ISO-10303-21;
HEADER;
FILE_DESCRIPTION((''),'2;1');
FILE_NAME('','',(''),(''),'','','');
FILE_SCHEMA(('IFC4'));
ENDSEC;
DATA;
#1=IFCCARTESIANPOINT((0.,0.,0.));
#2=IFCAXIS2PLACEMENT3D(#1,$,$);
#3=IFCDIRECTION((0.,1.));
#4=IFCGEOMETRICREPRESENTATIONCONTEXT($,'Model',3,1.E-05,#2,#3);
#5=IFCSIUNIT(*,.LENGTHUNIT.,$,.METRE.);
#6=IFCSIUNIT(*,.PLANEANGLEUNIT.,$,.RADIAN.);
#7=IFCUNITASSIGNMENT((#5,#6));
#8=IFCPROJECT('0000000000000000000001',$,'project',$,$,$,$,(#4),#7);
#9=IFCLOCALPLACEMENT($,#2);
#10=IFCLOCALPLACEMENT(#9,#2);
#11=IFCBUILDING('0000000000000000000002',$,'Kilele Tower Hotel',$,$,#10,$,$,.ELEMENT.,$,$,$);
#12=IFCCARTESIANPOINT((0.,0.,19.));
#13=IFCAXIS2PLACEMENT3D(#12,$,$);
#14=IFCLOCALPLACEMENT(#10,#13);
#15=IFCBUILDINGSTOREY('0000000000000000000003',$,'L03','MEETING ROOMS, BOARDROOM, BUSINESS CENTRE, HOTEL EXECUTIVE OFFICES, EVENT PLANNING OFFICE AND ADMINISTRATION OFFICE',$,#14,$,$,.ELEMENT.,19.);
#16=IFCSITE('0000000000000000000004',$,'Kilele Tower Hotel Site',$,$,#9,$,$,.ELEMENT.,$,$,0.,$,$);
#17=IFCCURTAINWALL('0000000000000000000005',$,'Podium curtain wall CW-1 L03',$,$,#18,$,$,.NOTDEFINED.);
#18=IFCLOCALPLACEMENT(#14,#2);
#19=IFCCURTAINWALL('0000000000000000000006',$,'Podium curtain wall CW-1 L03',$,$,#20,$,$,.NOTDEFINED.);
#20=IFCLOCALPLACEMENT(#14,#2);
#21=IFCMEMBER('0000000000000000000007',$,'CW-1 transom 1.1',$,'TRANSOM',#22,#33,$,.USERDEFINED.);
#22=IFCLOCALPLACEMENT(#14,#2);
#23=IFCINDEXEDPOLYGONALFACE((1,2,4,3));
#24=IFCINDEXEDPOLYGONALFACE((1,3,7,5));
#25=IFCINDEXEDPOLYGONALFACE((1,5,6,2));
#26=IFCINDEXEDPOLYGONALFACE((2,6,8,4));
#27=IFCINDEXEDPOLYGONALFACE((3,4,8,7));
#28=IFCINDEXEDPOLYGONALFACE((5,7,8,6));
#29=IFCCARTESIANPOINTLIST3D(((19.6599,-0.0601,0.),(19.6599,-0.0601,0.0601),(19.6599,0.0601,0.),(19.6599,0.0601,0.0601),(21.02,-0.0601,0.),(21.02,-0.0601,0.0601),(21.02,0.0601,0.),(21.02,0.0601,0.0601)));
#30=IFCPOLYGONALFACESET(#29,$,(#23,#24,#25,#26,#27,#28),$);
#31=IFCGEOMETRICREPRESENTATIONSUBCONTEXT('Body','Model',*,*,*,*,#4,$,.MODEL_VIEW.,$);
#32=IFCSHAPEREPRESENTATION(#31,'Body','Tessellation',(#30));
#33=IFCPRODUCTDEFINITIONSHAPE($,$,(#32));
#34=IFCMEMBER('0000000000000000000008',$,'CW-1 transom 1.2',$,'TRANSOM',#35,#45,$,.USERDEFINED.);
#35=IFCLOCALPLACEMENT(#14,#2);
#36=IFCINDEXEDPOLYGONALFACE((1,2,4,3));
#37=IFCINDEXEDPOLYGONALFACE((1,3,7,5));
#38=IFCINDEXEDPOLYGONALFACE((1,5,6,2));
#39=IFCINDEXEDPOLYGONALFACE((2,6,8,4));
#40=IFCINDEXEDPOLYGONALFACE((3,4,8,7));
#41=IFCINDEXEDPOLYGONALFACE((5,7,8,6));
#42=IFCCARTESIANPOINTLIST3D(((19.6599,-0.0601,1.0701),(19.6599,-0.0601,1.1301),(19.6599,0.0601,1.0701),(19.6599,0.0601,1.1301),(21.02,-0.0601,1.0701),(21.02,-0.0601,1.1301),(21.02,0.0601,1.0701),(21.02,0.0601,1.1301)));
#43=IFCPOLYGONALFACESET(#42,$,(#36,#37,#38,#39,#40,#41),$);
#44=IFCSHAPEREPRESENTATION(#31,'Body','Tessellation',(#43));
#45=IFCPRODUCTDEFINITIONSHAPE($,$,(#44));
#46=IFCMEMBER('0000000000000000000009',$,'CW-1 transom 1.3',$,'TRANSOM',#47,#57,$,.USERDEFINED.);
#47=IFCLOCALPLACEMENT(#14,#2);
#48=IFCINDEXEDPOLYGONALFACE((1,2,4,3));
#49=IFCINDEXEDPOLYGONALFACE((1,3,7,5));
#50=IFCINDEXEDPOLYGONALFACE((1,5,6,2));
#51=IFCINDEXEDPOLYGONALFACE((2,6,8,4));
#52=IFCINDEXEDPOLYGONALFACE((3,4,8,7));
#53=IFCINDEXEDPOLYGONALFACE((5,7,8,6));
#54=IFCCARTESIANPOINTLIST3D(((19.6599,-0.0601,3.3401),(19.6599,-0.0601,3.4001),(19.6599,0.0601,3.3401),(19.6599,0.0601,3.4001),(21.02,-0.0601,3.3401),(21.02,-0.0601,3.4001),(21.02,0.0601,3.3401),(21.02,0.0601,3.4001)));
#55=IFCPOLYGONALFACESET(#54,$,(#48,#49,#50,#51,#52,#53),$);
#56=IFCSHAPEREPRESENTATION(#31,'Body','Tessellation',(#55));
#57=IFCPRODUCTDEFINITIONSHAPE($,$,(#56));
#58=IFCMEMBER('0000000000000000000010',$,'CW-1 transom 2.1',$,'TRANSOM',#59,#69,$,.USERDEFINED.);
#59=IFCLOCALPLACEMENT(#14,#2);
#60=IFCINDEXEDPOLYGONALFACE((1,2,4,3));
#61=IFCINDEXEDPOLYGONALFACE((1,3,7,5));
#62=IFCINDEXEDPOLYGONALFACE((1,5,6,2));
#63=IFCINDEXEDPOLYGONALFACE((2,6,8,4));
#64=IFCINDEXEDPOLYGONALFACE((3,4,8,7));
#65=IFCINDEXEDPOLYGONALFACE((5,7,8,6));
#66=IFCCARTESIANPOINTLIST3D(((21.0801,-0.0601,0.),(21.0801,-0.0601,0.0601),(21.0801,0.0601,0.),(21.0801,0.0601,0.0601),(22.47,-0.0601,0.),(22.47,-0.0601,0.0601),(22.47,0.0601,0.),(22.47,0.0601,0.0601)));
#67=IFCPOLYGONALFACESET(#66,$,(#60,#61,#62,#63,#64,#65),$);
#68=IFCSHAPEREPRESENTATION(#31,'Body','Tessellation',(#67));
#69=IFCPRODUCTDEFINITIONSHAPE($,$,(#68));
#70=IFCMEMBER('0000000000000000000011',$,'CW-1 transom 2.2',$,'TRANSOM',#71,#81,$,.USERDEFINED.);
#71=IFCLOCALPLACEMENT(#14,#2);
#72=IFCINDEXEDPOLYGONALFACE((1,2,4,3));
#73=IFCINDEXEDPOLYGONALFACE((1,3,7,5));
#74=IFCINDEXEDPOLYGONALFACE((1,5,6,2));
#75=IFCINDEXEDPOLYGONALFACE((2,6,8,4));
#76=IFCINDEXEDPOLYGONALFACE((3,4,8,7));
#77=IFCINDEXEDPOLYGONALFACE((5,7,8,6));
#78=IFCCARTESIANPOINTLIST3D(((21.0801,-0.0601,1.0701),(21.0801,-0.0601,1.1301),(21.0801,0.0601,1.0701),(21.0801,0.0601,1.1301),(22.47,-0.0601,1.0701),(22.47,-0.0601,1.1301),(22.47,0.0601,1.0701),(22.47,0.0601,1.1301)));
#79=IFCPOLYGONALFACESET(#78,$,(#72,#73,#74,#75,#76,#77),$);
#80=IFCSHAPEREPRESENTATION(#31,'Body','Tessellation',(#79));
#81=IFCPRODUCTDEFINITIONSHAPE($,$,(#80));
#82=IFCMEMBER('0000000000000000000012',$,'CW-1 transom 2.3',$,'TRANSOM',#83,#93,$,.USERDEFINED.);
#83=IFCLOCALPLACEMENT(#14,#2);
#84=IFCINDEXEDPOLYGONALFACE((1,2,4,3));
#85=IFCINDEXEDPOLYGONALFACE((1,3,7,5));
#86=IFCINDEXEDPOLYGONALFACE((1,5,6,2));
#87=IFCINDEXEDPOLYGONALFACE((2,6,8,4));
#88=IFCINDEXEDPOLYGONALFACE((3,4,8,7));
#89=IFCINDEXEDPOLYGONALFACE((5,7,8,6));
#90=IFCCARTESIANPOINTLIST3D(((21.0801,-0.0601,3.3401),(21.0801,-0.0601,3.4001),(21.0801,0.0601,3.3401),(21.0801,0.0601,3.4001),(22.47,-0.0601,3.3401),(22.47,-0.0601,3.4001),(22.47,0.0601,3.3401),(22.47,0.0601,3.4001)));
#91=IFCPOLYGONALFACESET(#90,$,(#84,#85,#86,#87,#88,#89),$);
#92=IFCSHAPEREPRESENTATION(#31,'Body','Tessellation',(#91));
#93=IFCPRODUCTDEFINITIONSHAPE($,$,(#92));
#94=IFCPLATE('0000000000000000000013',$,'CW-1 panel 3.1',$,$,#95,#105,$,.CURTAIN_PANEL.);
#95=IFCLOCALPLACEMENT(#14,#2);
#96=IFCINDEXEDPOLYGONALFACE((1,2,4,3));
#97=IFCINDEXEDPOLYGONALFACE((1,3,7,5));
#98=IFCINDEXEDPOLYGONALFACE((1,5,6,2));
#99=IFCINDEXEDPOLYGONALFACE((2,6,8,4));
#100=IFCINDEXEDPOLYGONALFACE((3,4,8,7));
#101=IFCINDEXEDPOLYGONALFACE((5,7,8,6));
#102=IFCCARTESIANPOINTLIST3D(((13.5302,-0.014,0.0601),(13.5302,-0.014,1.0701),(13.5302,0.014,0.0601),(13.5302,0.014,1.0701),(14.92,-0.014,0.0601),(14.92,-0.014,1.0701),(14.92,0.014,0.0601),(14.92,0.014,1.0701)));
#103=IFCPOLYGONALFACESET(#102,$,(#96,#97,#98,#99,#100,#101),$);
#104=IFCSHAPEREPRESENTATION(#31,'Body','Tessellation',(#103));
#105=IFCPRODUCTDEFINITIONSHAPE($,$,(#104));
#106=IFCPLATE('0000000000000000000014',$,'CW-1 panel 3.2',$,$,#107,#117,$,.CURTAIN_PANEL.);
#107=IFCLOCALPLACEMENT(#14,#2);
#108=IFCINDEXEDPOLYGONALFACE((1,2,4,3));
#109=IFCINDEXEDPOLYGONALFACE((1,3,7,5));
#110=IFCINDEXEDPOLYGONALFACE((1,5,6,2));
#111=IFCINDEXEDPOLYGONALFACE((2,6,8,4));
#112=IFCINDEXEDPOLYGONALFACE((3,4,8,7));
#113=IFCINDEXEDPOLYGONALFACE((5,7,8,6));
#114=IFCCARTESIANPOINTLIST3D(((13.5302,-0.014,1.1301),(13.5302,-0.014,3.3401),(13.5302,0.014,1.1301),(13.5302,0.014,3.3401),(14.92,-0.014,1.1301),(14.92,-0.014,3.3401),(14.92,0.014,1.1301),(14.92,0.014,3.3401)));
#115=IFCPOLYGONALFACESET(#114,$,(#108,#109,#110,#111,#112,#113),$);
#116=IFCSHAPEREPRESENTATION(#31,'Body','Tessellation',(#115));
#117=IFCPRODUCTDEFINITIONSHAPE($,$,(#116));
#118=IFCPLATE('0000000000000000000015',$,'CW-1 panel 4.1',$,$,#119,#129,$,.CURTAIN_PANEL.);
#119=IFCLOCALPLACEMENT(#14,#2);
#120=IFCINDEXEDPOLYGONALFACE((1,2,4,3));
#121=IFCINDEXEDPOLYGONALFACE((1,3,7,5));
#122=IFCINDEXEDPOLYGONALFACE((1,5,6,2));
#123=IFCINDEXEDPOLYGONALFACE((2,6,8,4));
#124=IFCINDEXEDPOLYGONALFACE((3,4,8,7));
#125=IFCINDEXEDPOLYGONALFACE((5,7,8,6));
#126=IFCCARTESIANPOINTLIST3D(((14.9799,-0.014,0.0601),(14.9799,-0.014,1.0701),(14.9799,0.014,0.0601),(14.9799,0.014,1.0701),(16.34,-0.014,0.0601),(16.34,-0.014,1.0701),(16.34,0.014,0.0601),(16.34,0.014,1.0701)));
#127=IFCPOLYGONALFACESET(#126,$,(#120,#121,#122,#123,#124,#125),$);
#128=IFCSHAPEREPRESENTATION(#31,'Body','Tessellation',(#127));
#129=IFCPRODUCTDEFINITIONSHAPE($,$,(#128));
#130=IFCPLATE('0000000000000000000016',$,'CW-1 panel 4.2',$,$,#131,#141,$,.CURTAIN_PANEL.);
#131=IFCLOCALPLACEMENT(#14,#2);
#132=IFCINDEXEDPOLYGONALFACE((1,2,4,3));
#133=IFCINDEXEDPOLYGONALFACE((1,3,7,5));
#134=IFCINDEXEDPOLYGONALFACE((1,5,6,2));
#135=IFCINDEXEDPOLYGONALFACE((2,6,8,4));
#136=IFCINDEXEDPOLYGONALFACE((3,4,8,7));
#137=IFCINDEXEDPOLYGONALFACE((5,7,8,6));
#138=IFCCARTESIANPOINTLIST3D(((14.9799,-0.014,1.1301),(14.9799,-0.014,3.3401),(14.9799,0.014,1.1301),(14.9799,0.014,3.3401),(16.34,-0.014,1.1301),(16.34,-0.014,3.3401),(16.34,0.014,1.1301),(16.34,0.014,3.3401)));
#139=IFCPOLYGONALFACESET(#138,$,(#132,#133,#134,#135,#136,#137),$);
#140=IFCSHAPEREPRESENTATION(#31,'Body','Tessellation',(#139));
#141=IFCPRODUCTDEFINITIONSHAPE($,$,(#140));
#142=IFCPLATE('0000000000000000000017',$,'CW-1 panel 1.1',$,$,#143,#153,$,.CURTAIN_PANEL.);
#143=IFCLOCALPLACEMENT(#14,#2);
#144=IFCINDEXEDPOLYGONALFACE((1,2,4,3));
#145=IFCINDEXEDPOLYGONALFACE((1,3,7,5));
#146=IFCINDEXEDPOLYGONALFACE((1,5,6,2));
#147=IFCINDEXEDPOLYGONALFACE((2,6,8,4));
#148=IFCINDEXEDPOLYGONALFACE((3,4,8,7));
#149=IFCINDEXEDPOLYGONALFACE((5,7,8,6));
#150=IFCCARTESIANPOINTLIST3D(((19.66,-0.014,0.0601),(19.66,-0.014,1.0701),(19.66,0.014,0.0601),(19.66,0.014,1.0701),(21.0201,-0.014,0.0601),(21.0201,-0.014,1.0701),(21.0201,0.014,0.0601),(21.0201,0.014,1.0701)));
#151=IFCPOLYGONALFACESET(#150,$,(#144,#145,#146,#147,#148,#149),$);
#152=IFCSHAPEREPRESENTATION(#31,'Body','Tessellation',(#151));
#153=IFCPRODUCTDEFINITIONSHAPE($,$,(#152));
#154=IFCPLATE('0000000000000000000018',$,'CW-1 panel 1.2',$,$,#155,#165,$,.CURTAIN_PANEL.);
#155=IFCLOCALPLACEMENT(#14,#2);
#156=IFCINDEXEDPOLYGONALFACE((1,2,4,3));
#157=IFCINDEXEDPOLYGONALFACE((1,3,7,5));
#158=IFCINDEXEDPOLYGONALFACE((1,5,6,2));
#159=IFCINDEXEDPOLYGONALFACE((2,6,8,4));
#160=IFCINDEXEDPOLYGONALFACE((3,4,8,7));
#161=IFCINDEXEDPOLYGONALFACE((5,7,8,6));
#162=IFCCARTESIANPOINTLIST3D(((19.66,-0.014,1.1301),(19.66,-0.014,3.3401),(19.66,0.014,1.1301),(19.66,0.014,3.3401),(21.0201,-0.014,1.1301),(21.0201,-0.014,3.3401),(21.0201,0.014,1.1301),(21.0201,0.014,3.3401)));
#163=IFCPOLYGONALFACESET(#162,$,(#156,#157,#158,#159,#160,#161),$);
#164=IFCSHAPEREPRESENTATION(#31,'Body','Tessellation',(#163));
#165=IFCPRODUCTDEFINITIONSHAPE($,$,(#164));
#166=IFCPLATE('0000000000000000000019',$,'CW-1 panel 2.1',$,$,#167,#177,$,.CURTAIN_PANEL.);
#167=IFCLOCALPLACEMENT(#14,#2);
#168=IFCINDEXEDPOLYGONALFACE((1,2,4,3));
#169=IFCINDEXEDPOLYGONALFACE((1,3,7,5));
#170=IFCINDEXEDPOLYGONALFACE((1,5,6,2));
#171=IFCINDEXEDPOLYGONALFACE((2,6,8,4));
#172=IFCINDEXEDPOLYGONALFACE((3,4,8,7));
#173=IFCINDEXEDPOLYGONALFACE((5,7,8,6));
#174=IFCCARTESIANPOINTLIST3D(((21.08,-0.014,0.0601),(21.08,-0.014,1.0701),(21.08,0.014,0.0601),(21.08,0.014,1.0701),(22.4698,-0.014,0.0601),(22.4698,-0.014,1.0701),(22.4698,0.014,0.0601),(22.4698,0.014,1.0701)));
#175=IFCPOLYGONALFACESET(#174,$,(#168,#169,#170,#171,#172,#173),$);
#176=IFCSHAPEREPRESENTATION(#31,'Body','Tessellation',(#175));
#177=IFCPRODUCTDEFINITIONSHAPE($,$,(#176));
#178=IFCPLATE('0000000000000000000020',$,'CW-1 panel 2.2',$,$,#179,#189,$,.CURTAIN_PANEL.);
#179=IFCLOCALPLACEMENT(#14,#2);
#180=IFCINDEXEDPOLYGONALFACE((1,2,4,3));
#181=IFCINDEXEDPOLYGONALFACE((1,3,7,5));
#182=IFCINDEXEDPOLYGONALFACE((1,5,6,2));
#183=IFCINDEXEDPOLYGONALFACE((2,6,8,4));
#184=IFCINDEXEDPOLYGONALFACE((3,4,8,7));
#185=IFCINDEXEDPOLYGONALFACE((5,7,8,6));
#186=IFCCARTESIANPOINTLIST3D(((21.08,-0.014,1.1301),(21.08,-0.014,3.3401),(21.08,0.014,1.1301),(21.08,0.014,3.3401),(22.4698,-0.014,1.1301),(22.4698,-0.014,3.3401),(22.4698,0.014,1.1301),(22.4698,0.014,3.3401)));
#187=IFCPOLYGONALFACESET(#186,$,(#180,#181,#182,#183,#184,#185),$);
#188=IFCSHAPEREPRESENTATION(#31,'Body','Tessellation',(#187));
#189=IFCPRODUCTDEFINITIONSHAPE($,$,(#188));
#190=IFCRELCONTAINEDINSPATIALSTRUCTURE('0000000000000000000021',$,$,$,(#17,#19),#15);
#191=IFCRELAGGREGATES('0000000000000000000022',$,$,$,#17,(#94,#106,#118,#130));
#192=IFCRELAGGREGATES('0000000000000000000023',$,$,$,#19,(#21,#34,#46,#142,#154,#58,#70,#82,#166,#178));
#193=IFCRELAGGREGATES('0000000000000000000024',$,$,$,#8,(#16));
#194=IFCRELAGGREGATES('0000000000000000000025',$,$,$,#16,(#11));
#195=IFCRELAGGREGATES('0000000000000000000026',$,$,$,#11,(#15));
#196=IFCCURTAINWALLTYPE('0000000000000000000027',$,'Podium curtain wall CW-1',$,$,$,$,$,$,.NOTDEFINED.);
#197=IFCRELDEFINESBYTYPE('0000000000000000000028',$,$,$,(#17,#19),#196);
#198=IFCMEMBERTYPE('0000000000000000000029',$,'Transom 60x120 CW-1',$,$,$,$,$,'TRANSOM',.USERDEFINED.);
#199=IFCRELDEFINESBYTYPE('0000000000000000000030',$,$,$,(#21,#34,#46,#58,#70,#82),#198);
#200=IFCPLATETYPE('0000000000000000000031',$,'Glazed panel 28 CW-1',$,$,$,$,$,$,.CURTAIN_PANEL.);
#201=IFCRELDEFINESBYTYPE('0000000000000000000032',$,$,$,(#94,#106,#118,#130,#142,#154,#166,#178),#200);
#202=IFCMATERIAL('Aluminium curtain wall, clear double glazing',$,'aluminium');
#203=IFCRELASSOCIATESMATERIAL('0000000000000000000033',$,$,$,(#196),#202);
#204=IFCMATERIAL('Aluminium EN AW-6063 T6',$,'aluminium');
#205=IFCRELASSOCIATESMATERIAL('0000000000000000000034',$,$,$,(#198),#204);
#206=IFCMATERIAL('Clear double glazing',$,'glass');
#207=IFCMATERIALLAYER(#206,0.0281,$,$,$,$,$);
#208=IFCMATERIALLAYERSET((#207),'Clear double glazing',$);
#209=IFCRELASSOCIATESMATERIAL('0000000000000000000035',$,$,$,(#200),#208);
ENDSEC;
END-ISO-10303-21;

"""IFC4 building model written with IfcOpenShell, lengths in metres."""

from ifc_helpers import new_model, si_unit, direction, frame, origin, origin_2d, place, context, subcontext, project, spatial, rectangle, extrude, material, layer, layer_set, material_profile, profile_set, type_object, element, aggregate, save


model = new_model("IFC4")

# Units and contexts
model_context = context("Model", 3, precision=1e-05, world=origin(), true_north=direction((0.0, 1.0)))
body_context = subcontext(model_context, "Body", "Model", "MODEL_VIEW")
ifc_project = project(units=[si_unit("LENGTHUNIT", "METRE"), si_unit("PLANEANGLEUNIT", "RADIAN")], contexts=[model_context])

# Site, building, storey
site_placement = place(None, origin())
site = spatial("IfcSite", under=ifc_project, at=site_placement, Name="Kilele Tower Hotel Site", CompositionType="ELEMENT", RefElevation=0.0)
building_placement = place(site_placement, origin())
building = spatial("IfcBuilding", under=site, at=building_placement, Name="Kilele Tower Hotel", CompositionType="ELEMENT")
storey_placement = place(building_placement, frame((0.0, 0.0, 19.0)))
storey = spatial("IfcBuildingStorey", under=building, at=storey_placement, Name="L03", Description="MEETING ROOMS, BOARDROOM, BUSINESS CENTRE, HOTEL EXECUTIVE OFFICES, EVENT PLANNING OFFICE AND ADMINISTRATION OFFICE", CompositionType="ELEMENT", Elevation=19.0)

# Curtain walls
ifc_material_1 = material(Name="Aluminium curtain wall, clear double glazing", Category="aluminium")
curtain_wall_type = type_object("IfcCurtainWallType", Name="Podium curtain wall CW-1", PredefinedType="NOTDEFINED", material=ifc_material_1)
curtain_wall_1_placement = place(storey_placement, origin())
curtain_wall_1 = element("IfcCurtainWall", 1, at=curtain_wall_1_placement, inside=storey, type_object=curtain_wall_type, Name="Podium curtain wall CW-1 L03", PredefinedType="NOTDEFINED")
curtain_wall_2_placement = place(storey_placement, origin())
curtain_wall_2 = element("IfcCurtainWall", 2, at=curtain_wall_2_placement, inside=storey, type_object=curtain_wall_type, Name="Podium curtain wall CW-1 L03", PredefinedType="NOTDEFINED")

# Members
ifc_material_2 = material(Name="Aluminium EN AW-6063 T6", Category="aluminium")
ifc_material_profile_1 = material_profile(ifc_material_2, rectangle(XDim=0.1201, YDim=0.0601, at=origin_2d()))
ifc_profile_set_1 = profile_set([ifc_material_profile_1], Name="Aluminium EN AW-6063 T6")
member_type_1 = type_object("IfcMemberType", Name="Transom 60x120 CW-1", ElementType="TRANSOM", PredefinedType="USERDEFINED", material=ifc_profile_set_1)
member_1_placement = place(storey_placement, frame((19.6599, 0.0, 0.03), z_axis=(1.0, 0.0, 0.0), x_axis=(0.0, 1.0, 0.0)))
member_1 = element("IfcMember", 3, at=member_1_placement, type_object=member_type_1, Name="CW-1 transom 1.1", ObjectType="TRANSOM", PredefinedType="USERDEFINED", context=body_context, shape_type="SweptSolid", body=[
    extrude(rectangle(XDim=0.1201, YDim=0.0601, at=origin_2d()), origin(), (0.0, 0.0, 1.0), 1.3601),
])
member_2_placement = place(storey_placement, frame((19.6599, 0.0, 1.1001), z_axis=(1.0, 0.0, 0.0), x_axis=(0.0, 1.0, 0.0)))
member_2 = element("IfcMember", 4, at=member_2_placement, type_object=member_type_1, Name="CW-1 transom 1.2", ObjectType="TRANSOM", PredefinedType="USERDEFINED", context=body_context, shape_type="SweptSolid", body=[
    extrude(rectangle(XDim=0.1201, YDim=0.0601, at=origin_2d()), origin(), (0.0, 0.0, 1.0), 1.3601),
])
member_3_placement = place(storey_placement, frame((19.6599, 0.0, 3.3701), z_axis=(1.0, 0.0, 0.0), x_axis=(0.0, 1.0, 0.0)))
member_3 = element("IfcMember", 5, at=member_3_placement, type_object=member_type_1, Name="CW-1 transom 1.3", ObjectType="TRANSOM", PredefinedType="USERDEFINED", context=body_context, shape_type="SweptSolid", body=[
    extrude(rectangle(XDim=0.1201, YDim=0.0601, at=origin_2d()), origin(), (0.0, 0.0, 1.0), 1.3601),
])
member_4_placement = place(storey_placement, frame((21.0801, 0.0, 0.03), z_axis=(1.0, 0.0, 0.0), x_axis=(0.0, 1.0, 0.0)))
member_4 = element("IfcMember", 6, at=member_4_placement, type_object=member_type_1, Name="CW-1 transom 2.1", ObjectType="TRANSOM", PredefinedType="USERDEFINED", context=body_context, shape_type="SweptSolid", body=[
    extrude(rectangle(XDim=0.1201, YDim=0.0601, at=origin_2d()), origin(), (0.0, 0.0, 1.0), 1.3899),
])
member_5_placement = place(storey_placement, frame((21.0801, 0.0, 1.1001), z_axis=(1.0, 0.0, 0.0), x_axis=(0.0, 1.0, 0.0)))
member_5 = element("IfcMember", 7, at=member_5_placement, type_object=member_type_1, Name="CW-1 transom 2.2", ObjectType="TRANSOM", PredefinedType="USERDEFINED", context=body_context, shape_type="SweptSolid", body=[
    extrude(rectangle(XDim=0.1201, YDim=0.0601, at=origin_2d()), origin(), (0.0, 0.0, 1.0), 1.3899),
])
member_6_placement = place(storey_placement, frame((21.0801, 0.0, 3.3701), z_axis=(1.0, 0.0, 0.0), x_axis=(0.0, 1.0, 0.0)))
member_6 = element("IfcMember", 8, at=member_6_placement, type_object=member_type_1, Name="CW-1 transom 2.3", ObjectType="TRANSOM", PredefinedType="USERDEFINED", context=body_context, shape_type="SweptSolid", body=[
    extrude(rectangle(XDim=0.1201, YDim=0.0601, at=origin_2d()), origin(), (0.0, 0.0, 1.0), 1.3899),
])

# Plates
ifc_material_3 = material(Name="Clear double glazing", Category="glass")
ifc_layer = layer(ifc_material_3, 0.0281)
ifc_layer_set = layer_set([ifc_layer], Name="Clear double glazing")
plate_type = type_object("IfcPlateType", Name="Glazed panel 28 CW-1", PredefinedType="CURTAIN_PANEL", material=ifc_layer_set)
plate_1_placement = place(storey_placement, frame((14.2251, 0.0, 0.0601), z_axis=(0.0, 0.0, 1.0), x_axis=(1.0, 0.0, 0.0)))
plate_1 = element("IfcPlate", 9, at=plate_1_placement, type_object=plate_type, Name="CW-1 panel 3.1", PredefinedType="CURTAIN_PANEL", context=body_context, shape_type="SweptSolid", body=[
    extrude(rectangle(XDim=1.3899, YDim=0.0281, at=origin_2d()), origin(), (0.0, 0.0, 1.0), 1.01),
])
plate_2_placement = place(storey_placement, frame((14.2251, 0.0, 1.1301), z_axis=(0.0, 0.0, 1.0), x_axis=(1.0, 0.0, 0.0)))
plate_2 = element("IfcPlate", 10, at=plate_2_placement, type_object=plate_type, Name="CW-1 panel 3.2", PredefinedType="CURTAIN_PANEL", context=body_context, shape_type="SweptSolid", body=[
    extrude(rectangle(XDim=1.3899, YDim=0.0281, at=origin_2d()), origin(), (0.0, 0.0, 1.0), 2.21),
])
plate_3_placement = place(storey_placement, frame((15.6599, 0.0, 0.0601), z_axis=(0.0, 0.0, 1.0), x_axis=(1.0, 0.0, 0.0)))
plate_3 = element("IfcPlate", 11, at=plate_3_placement, type_object=plate_type, Name="CW-1 panel 4.1", PredefinedType="CURTAIN_PANEL", context=body_context, shape_type="SweptSolid", body=[
    extrude(rectangle(XDim=1.3601, YDim=0.0281, at=origin_2d()), origin(), (0.0, 0.0, 1.0), 1.01),
])
plate_4_placement = place(storey_placement, frame((15.6599, 0.0, 1.1301), z_axis=(0.0, 0.0, 1.0), x_axis=(1.0, 0.0, 0.0)))
plate_4 = element("IfcPlate", 12, at=plate_4_placement, type_object=plate_type, Name="CW-1 panel 4.2", PredefinedType="CURTAIN_PANEL", context=body_context, shape_type="SweptSolid", body=[
    extrude(rectangle(XDim=1.3601, YDim=0.0281, at=origin_2d()), origin(), (0.0, 0.0, 1.0), 2.21),
])
aggregate(curtain_wall_1, [plate_1, plate_2, plate_3, plate_4])
plate_5_placement = place(storey_placement, frame((20.3401, 0.0, 0.0601), z_axis=(0.0, 0.0, 1.0), x_axis=(1.0, 0.0, 0.0)))
plate_5 = element("IfcPlate", 13, at=plate_5_placement, type_object=plate_type, Name="CW-1 panel 1.1", PredefinedType="CURTAIN_PANEL", context=body_context, shape_type="SweptSolid", body=[
    extrude(rectangle(XDim=1.3601, YDim=0.0281, at=origin_2d()), origin(), (0.0, 0.0, 1.0), 1.01),
])
plate_6_placement = place(storey_placement, frame((20.3401, 0.0, 1.1301), z_axis=(0.0, 0.0, 1.0), x_axis=(1.0, 0.0, 0.0)))
plate_6 = element("IfcPlate", 14, at=plate_6_placement, type_object=plate_type, Name="CW-1 panel 1.2", PredefinedType="CURTAIN_PANEL", context=body_context, shape_type="SweptSolid", body=[
    extrude(rectangle(XDim=1.3601, YDim=0.0281, at=origin_2d()), origin(), (0.0, 0.0, 1.0), 2.21),
])
plate_7_placement = place(storey_placement, frame((21.7749, 0.0, 0.0601), z_axis=(0.0, 0.0, 1.0), x_axis=(1.0, 0.0, 0.0)))
plate_7 = element("IfcPlate", 15, at=plate_7_placement, type_object=plate_type, Name="CW-1 panel 2.1", PredefinedType="CURTAIN_PANEL", context=body_context, shape_type="SweptSolid", body=[
    extrude(rectangle(XDim=1.3899, YDim=0.0281, at=origin_2d()), origin(), (0.0, 0.0, 1.0), 1.01),
])
plate_8_placement = place(storey_placement, frame((21.7749, 0.0, 1.1301), z_axis=(0.0, 0.0, 1.0), x_axis=(1.0, 0.0, 0.0)))
plate_8 = element("IfcPlate", 16, at=plate_8_placement, type_object=plate_type, Name="CW-1 panel 2.2", PredefinedType="CURTAIN_PANEL", context=body_context, shape_type="SweptSolid", body=[
    extrude(rectangle(XDim=1.3899, YDim=0.0281, at=origin_2d()), origin(), (0.0, 0.0, 1.0), 2.21),
])
aggregate(curtain_wall_2, [member_1, member_2, member_3, plate_5, plate_6, member_4, member_5, member_6, plate_7, plate_8])

save(model, "model.ifc")
